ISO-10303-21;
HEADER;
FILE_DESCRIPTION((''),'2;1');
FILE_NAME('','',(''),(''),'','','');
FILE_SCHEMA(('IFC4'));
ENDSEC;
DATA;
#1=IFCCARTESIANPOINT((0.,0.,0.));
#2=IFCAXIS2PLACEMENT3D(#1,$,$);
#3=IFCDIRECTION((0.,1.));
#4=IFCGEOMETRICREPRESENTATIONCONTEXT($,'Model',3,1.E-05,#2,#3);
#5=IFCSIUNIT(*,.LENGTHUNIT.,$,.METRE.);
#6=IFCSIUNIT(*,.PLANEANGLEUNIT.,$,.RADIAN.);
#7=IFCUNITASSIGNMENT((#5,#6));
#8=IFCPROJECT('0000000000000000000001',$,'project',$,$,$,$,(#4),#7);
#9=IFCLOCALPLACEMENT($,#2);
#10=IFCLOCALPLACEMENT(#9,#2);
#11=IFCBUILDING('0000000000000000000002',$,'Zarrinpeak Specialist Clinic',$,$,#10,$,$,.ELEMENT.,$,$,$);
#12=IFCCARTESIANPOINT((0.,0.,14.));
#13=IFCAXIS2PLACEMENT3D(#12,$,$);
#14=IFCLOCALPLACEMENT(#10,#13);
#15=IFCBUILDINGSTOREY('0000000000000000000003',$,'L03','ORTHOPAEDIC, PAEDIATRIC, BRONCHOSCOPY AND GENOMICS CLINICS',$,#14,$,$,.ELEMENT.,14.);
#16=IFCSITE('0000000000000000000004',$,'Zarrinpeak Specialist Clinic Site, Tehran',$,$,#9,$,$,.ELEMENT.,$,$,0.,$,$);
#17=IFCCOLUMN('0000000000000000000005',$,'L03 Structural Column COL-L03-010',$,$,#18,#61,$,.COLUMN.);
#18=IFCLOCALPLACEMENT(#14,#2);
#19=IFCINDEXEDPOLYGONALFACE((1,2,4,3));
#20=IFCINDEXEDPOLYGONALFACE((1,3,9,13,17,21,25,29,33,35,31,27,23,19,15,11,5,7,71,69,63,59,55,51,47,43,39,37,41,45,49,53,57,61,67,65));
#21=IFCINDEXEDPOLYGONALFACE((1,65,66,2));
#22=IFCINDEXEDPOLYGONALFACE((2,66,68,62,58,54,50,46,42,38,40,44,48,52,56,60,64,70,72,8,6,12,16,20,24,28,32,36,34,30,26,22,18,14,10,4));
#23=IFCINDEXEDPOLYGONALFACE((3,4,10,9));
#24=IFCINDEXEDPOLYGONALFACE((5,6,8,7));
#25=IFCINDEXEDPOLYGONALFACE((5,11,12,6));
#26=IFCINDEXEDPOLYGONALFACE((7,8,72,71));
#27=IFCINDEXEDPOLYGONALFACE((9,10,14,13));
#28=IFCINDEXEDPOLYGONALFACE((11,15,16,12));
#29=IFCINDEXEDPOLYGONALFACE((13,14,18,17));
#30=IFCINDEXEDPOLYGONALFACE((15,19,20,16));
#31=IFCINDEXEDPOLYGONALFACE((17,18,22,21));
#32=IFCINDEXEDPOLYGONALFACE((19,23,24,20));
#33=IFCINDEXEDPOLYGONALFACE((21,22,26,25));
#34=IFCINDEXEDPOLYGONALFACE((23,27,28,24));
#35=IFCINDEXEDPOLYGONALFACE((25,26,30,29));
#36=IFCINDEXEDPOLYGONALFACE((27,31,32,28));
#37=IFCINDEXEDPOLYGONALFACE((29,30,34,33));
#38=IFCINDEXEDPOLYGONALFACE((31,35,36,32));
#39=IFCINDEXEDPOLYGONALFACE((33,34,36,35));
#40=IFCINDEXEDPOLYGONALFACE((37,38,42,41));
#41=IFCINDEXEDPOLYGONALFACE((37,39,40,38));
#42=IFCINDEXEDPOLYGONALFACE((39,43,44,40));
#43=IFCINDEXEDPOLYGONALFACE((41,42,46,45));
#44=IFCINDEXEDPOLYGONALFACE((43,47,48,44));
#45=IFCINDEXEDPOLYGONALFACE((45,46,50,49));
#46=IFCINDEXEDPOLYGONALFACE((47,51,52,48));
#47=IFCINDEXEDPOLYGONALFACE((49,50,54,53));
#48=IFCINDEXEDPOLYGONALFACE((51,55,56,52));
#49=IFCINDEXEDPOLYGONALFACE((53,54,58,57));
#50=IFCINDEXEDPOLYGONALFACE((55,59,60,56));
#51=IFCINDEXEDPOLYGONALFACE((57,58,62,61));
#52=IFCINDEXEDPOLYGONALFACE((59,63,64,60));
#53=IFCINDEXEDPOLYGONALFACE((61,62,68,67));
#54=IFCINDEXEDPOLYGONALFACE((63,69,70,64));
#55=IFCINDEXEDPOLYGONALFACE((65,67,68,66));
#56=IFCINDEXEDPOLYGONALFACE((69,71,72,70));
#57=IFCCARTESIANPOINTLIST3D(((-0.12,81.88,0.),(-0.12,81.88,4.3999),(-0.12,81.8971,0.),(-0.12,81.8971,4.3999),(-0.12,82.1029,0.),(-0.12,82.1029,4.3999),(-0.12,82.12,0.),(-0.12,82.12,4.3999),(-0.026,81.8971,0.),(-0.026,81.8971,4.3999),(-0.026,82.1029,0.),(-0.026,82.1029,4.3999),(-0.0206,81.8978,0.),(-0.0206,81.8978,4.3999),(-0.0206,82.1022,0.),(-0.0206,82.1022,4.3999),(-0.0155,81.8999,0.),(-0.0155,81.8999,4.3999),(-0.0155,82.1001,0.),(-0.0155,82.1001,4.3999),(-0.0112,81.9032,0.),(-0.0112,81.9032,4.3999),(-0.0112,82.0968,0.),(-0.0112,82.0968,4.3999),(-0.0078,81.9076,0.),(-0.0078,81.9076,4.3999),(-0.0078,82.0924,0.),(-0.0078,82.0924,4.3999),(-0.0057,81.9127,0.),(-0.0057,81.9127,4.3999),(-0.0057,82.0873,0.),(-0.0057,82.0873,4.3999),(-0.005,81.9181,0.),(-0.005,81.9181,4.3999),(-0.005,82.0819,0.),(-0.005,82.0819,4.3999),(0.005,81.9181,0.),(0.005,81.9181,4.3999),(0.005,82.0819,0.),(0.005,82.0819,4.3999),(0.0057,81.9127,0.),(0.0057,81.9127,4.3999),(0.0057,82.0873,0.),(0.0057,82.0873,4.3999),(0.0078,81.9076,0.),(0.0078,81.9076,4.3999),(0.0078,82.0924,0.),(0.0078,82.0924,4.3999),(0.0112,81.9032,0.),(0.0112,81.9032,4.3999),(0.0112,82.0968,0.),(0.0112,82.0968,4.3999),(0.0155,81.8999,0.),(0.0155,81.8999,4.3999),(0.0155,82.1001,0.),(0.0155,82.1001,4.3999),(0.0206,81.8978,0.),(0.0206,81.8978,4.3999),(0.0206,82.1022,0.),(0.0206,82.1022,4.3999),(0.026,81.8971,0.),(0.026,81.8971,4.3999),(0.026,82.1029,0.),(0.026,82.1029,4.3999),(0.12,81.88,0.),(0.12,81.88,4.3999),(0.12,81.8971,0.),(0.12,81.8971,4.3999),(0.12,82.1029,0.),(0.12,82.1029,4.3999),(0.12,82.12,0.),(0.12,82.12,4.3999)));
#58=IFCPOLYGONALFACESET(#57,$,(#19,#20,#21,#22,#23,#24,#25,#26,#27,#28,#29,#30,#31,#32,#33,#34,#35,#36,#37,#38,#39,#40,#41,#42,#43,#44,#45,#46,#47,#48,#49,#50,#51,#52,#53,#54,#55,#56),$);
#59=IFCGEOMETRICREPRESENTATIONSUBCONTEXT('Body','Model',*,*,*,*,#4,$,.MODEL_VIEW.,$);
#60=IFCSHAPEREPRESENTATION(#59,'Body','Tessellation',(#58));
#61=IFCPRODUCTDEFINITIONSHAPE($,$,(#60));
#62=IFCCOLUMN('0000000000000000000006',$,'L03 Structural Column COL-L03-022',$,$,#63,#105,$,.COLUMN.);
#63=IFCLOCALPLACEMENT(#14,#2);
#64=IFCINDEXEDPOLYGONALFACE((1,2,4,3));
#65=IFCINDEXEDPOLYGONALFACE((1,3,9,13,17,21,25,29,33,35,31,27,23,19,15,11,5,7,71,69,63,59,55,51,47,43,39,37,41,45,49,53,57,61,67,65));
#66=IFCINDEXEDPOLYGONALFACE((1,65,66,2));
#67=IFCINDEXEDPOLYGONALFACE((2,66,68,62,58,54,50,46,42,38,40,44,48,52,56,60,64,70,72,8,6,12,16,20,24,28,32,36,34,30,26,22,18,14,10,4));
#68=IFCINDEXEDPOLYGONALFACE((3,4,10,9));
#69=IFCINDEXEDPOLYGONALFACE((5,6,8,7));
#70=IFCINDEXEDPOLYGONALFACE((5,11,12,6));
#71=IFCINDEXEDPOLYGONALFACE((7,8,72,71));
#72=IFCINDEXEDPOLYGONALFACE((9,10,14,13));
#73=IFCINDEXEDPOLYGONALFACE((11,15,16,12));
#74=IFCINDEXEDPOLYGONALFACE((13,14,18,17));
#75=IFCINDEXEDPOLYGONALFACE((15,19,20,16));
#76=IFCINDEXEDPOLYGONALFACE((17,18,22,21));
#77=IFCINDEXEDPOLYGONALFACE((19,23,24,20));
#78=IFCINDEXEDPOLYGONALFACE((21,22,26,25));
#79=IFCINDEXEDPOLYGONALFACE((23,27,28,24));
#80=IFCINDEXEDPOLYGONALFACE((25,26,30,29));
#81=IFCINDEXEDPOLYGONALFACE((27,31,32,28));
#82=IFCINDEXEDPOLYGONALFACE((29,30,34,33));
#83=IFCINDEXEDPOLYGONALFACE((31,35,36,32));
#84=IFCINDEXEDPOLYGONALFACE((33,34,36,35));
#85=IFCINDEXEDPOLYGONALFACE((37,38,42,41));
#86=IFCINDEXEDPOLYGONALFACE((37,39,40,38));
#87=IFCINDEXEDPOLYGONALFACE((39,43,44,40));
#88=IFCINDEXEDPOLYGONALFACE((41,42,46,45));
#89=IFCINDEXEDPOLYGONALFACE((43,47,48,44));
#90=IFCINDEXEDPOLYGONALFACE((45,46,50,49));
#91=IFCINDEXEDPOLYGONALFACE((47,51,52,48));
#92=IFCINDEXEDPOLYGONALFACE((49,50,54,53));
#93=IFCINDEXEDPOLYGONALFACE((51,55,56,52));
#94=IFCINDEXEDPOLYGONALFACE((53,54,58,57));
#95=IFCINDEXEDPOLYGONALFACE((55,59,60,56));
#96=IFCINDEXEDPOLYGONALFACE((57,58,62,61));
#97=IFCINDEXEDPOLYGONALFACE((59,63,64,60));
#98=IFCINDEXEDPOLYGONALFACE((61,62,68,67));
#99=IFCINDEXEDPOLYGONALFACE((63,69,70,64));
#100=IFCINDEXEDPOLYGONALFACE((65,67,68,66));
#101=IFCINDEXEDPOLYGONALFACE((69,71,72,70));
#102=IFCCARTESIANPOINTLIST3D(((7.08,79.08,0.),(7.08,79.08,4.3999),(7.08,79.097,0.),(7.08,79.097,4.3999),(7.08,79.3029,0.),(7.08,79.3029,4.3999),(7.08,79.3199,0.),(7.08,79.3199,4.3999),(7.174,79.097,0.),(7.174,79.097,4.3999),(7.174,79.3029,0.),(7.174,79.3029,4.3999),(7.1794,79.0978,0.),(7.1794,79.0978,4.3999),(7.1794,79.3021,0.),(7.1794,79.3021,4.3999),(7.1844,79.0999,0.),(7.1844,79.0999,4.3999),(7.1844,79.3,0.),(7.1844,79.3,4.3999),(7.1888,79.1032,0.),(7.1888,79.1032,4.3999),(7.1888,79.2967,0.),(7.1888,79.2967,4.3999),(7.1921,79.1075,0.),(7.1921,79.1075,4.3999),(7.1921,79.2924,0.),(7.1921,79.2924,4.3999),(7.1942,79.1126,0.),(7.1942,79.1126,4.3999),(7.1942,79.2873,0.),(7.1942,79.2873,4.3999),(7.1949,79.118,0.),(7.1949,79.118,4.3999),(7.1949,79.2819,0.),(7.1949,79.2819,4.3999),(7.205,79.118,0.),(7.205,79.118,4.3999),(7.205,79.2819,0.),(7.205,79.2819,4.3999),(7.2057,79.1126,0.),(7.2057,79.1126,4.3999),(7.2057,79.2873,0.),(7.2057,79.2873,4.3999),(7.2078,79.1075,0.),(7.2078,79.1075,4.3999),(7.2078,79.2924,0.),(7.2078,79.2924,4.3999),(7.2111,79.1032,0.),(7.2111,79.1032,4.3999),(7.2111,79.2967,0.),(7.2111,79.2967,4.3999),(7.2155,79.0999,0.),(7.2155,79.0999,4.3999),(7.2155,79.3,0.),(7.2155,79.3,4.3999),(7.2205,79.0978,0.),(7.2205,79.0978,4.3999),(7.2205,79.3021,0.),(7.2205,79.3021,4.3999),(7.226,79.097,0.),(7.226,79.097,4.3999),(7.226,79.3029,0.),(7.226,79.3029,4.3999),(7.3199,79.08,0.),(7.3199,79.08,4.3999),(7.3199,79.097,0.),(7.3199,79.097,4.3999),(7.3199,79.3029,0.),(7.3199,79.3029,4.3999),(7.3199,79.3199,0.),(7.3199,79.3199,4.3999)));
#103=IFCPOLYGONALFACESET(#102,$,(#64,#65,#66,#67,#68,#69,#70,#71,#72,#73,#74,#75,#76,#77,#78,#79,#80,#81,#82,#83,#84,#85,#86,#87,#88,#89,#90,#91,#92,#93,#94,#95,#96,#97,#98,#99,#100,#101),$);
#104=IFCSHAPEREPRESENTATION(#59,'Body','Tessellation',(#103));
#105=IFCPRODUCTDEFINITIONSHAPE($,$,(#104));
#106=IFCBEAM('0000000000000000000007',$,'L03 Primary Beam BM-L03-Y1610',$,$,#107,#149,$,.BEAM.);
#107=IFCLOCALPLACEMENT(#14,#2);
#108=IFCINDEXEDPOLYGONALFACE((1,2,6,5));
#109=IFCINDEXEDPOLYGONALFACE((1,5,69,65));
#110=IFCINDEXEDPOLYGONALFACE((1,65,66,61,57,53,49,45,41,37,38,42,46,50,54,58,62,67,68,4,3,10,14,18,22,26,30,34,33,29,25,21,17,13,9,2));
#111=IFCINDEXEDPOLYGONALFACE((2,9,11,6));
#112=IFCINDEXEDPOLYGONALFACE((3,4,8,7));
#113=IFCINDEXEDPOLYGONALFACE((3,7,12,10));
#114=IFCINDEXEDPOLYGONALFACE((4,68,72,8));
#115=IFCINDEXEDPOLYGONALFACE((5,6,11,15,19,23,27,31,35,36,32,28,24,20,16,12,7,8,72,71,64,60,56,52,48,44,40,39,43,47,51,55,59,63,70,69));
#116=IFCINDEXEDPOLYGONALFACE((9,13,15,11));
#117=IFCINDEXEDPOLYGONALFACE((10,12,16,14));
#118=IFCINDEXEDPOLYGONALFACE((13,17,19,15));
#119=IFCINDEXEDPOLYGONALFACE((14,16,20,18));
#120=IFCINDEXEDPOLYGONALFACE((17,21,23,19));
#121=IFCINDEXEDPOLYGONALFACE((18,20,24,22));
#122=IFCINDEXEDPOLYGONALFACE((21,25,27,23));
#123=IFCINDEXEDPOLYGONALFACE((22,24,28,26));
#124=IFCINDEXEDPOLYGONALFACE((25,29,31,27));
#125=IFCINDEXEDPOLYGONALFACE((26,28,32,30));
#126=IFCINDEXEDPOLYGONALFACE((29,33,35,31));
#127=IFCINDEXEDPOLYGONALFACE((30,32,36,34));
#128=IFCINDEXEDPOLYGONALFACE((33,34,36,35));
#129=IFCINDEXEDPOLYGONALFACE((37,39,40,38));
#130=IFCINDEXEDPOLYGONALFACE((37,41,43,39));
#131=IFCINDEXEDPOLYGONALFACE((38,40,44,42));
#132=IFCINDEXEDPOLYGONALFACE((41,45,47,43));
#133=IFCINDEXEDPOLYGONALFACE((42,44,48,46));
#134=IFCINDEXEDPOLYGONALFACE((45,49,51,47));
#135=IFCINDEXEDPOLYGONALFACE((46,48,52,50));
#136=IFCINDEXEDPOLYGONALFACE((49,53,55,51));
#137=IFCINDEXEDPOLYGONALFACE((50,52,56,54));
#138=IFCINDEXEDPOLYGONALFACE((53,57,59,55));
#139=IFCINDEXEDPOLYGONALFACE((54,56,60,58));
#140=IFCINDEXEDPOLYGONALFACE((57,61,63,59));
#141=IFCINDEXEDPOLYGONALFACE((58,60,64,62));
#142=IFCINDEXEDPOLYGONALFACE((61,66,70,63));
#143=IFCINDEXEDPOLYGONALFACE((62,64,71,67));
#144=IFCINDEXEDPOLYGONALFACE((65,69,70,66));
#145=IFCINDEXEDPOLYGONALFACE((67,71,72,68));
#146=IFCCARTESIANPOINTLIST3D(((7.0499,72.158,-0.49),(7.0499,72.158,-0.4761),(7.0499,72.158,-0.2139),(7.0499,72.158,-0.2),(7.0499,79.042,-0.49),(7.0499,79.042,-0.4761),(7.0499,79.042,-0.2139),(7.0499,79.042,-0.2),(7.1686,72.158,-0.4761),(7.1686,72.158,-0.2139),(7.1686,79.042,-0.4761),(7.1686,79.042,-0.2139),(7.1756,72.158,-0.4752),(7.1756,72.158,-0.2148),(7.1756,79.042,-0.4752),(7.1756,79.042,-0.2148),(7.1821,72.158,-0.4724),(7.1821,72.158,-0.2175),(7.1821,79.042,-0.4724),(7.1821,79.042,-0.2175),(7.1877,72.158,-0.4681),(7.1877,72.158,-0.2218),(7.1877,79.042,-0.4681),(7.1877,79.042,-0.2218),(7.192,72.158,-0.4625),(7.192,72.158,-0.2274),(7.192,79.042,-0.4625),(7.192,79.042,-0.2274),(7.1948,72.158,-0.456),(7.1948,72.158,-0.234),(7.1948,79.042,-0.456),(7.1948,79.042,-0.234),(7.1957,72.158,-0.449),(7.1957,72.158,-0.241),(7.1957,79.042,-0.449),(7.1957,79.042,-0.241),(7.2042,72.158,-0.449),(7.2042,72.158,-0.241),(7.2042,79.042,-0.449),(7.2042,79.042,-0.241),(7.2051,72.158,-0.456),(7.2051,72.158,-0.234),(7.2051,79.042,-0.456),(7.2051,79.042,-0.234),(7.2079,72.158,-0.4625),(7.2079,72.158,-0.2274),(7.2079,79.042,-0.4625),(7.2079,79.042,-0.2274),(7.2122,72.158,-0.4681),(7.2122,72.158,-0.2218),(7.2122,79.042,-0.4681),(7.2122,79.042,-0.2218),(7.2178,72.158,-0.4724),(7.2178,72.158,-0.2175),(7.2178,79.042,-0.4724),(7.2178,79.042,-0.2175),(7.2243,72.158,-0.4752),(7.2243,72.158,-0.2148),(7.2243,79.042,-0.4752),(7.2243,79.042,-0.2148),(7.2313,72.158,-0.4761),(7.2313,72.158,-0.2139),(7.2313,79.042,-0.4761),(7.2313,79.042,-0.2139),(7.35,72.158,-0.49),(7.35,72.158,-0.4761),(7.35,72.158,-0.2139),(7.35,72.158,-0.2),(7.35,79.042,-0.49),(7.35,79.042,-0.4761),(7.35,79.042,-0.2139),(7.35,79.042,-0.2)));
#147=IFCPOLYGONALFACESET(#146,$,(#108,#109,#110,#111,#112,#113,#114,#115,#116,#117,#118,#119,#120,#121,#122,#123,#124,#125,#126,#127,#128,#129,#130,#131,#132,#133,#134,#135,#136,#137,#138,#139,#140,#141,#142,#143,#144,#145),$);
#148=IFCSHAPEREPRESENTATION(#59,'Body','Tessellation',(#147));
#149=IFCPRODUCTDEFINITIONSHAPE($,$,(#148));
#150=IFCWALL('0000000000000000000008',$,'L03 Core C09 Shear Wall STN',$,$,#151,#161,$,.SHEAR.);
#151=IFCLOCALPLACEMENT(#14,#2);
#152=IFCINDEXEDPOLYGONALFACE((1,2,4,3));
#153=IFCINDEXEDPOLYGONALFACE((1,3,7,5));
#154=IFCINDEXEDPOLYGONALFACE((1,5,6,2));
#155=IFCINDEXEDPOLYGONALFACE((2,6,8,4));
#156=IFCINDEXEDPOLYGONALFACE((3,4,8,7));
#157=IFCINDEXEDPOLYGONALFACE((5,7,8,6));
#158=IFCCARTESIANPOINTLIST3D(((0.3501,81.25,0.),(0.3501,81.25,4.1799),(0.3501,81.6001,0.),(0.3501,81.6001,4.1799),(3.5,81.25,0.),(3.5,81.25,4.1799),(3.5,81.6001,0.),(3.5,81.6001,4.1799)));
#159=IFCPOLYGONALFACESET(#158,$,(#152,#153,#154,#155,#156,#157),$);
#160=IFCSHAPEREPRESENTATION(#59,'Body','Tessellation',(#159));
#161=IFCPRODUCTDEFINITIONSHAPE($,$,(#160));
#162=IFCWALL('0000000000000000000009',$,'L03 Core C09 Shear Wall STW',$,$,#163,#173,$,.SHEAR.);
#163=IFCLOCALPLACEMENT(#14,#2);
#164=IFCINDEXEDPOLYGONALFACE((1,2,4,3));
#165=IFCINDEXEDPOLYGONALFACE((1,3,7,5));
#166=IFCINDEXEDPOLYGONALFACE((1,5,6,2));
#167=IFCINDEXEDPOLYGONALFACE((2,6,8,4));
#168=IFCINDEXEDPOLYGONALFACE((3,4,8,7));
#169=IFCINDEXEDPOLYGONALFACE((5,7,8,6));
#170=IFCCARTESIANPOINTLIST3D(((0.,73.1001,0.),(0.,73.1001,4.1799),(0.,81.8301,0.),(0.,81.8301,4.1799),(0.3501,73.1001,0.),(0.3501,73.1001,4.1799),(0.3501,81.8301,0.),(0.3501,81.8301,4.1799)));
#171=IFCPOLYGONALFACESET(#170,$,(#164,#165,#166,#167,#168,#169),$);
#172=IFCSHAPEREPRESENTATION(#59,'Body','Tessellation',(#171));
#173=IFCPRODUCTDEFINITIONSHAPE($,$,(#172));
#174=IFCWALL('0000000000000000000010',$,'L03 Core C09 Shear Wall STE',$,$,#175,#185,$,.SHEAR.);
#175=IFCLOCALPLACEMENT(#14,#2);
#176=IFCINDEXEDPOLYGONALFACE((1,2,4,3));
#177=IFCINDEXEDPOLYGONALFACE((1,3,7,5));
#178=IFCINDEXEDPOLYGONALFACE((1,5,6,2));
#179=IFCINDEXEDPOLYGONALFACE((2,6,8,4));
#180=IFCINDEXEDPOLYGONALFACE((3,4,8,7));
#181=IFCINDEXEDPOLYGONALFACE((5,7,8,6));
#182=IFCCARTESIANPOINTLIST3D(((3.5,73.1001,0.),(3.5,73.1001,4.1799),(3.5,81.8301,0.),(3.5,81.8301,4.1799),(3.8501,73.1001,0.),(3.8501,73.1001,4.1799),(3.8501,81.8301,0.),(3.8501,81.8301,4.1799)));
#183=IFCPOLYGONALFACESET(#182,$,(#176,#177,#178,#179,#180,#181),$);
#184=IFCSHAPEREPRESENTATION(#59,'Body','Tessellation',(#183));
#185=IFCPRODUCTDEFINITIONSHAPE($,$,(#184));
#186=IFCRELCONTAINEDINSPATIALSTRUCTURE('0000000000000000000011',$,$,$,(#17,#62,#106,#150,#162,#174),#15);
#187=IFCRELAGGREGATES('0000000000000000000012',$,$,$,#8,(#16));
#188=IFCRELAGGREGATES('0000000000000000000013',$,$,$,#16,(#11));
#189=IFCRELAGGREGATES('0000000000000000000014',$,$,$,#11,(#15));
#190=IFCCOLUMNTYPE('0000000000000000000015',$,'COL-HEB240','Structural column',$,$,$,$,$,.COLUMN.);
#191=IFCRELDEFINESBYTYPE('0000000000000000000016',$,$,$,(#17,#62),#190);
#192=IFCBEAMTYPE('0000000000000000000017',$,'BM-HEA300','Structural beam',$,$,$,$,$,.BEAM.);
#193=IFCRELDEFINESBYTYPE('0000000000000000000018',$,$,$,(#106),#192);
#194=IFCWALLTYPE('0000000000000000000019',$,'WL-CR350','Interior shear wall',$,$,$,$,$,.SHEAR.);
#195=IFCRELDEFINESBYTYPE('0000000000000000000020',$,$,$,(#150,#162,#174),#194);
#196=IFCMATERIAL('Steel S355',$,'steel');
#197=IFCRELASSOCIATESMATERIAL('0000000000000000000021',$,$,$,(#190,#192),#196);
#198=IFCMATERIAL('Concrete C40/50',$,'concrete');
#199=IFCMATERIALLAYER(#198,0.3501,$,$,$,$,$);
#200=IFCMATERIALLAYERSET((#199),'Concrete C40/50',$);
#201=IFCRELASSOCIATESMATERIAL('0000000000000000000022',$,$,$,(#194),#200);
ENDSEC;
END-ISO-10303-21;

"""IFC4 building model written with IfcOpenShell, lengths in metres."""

from ifc_helpers import new_model, si_unit, direction, frame, frame_2d, origin, origin_2d, place, context, subcontext, project, spatial, rectangle, i_section, extrude, material, layer, layer_set, material_profile, profile_set, type_object, element, save


model = new_model("IFC4")

# Units and contexts
model_context = context("Model", 3, precision=1e-05, world=origin(), true_north=direction((0.0, 1.0)))
body_context = subcontext(model_context, "Body", "Model", "MODEL_VIEW")
ifc_project = project(units=[si_unit("LENGTHUNIT", "METRE"), si_unit("PLANEANGLEUNIT", "RADIAN")], contexts=[model_context])

# Site, building, storey
site_placement = place(None, origin())
site = spatial("IfcSite", under=ifc_project, at=site_placement, Name="Zarrinpeak Specialist Clinic Site, Tehran", CompositionType="ELEMENT", RefElevation=0.0)
building_placement = place(site_placement, origin())
building = spatial("IfcBuilding", under=site, at=building_placement, Name="Zarrinpeak Specialist Clinic", CompositionType="ELEMENT")
storey_placement = place(building_placement, frame((0.0, 0.0, 14.0)))
storey = spatial("IfcBuildingStorey", under=building, at=storey_placement, Name="L03", Description="ORTHOPAEDIC, PAEDIATRIC, BRONCHOSCOPY AND GENOMICS CLINICS", CompositionType="ELEMENT", Elevation=14.0)

# Columns
ifc_material_1 = material(Name="Steel S355", Category="steel")
ifc_material_profile_1 = material_profile(ifc_material_1, i_section(OverallWidth=0.24, OverallDepth=0.24, WebThickness=0.01, FlangeThickness=0.0171, FilletRadius=0.021, at=origin_2d()), Name="HEB 240")
ifc_profile_set_1 = profile_set([ifc_material_profile_1], Name="Steel S355")
column_type = type_object("IfcColumnType", Name="COL-HEB240", Description="Structural column", PredefinedType="COLUMN", material=ifc_profile_set_1)
for number, where, z_axis, x_axis, name in (
    (1, (0.0, 82.0, 0.0), (0.0, 0.0, 1.0), (1.0, 0.0, 0.0), "L03 Structural Column COL-L03-010"),
    (2, (7.2, 79.2, 0.0), (0.0, 0.0, 1.0), (1.0, 0.0, 0.0), "L03 Structural Column COL-L03-022"),
):
    element("IfcColumn", number, at=place(storey_placement, frame(where, z_axis=z_axis, x_axis=x_axis)), inside=storey, type_object=column_type, Name=name, PredefinedType="COLUMN", context=body_context, shape_type="SweptSolid", body=[
        extrude(i_section(OverallWidth=0.24, OverallDepth=0.24, WebThickness=0.01, FlangeThickness=0.0171, FilletRadius=0.021, at=origin_2d()), origin(), (0.0, 0.0, 1.0), 4.3999),
    ])

# Beam
ifc_material_profile_2 = material_profile(ifc_material_1, i_section(OverallWidth=0.3, OverallDepth=0.29, WebThickness=0.0085, FlangeThickness=0.0139, FilletRadius=0.0271, at=origin_2d()), Name="HEA 300")
ifc_profile_set_2 = profile_set([ifc_material_profile_2], Name="Steel S355")
beam_type = type_object("IfcBeamType", Name="BM-HEA300", Description="Structural beam", PredefinedType="BEAM", material=ifc_profile_set_2)
beam_placement = place(storey_placement, frame((7.2, 72.158, -0.345), z_axis=(0.0, 1.0, 0.0), x_axis=(-1.0, 0.0, 0.0)))
element("IfcBeam", 3, at=beam_placement, inside=storey, type_object=beam_type, Name="L03 Primary Beam BM-L03-Y1610", PredefinedType="BEAM", context=body_context, shape_type="SweptSolid", body=[
    extrude(i_section(OverallWidth=0.3, OverallDepth=0.29, WebThickness=0.0085, FlangeThickness=0.0139, FilletRadius=0.0271, at=origin_2d()), origin(), (0.0, 0.0, 1.0), 6.884),
])

# Shared definitions
ifc_material_2 = material(Name="Concrete C40/50", Category="concrete")
ifc_layer_1 = layer(ifc_material_2, 0.3501)
ifc_layer_set_1 = layer_set([ifc_layer_1], Name="Concrete C40/50")
wall_type_1 = type_object("IfcWallType", Name="WL-CR350", Description="Interior shear wall", PredefinedType="SHEAR", material=ifc_layer_set_1)

# Walls
wall_1_placement = place(storey_placement, frame((0.3501, 81.425, 0.0), z_axis=(0.0, 0.0, 1.0), x_axis=(1.0, 0.0, 0.0)))
element("IfcWall", 4, at=wall_1_placement, inside=storey, type_object=wall_type_1, Name="L03 Core C09 Shear Wall STN", PredefinedType="SHEAR", context=body_context, shape_type="SweptSolid", body=[
    extrude(rectangle(XDim=3.1499, YDim=0.3501, at=frame_2d((1.575, 0.0))), origin(), (0.0, 0.0, 1.0), 4.1799),
])
for number, where, z_axis, x_axis, name in (
    (5, (0.175, 73.1001, 0.0), (0.0, 0.0, 1.0), (0.0, 1.0, 0.0), "L03 Core C09 Shear Wall STW"),
    (6, (3.675, 73.1001, 0.0), (0.0, 0.0, 1.0), (0.0, 1.0, 0.0), "L03 Core C09 Shear Wall STE"),
):
    element("IfcWall", number, at=place(storey_placement, frame(where, z_axis=z_axis, x_axis=x_axis)), inside=storey, type_object=wall_type_1, Name=name, PredefinedType="SHEAR", context=body_context, shape_type="SweptSolid", body=[
        extrude(rectangle(XDim=8.73, YDim=0.3501, at=frame_2d((4.365, 0.0))), origin(), (0.0, 0.0, 1.0), 4.1799),
    ])

save(model, "model.ifc")
